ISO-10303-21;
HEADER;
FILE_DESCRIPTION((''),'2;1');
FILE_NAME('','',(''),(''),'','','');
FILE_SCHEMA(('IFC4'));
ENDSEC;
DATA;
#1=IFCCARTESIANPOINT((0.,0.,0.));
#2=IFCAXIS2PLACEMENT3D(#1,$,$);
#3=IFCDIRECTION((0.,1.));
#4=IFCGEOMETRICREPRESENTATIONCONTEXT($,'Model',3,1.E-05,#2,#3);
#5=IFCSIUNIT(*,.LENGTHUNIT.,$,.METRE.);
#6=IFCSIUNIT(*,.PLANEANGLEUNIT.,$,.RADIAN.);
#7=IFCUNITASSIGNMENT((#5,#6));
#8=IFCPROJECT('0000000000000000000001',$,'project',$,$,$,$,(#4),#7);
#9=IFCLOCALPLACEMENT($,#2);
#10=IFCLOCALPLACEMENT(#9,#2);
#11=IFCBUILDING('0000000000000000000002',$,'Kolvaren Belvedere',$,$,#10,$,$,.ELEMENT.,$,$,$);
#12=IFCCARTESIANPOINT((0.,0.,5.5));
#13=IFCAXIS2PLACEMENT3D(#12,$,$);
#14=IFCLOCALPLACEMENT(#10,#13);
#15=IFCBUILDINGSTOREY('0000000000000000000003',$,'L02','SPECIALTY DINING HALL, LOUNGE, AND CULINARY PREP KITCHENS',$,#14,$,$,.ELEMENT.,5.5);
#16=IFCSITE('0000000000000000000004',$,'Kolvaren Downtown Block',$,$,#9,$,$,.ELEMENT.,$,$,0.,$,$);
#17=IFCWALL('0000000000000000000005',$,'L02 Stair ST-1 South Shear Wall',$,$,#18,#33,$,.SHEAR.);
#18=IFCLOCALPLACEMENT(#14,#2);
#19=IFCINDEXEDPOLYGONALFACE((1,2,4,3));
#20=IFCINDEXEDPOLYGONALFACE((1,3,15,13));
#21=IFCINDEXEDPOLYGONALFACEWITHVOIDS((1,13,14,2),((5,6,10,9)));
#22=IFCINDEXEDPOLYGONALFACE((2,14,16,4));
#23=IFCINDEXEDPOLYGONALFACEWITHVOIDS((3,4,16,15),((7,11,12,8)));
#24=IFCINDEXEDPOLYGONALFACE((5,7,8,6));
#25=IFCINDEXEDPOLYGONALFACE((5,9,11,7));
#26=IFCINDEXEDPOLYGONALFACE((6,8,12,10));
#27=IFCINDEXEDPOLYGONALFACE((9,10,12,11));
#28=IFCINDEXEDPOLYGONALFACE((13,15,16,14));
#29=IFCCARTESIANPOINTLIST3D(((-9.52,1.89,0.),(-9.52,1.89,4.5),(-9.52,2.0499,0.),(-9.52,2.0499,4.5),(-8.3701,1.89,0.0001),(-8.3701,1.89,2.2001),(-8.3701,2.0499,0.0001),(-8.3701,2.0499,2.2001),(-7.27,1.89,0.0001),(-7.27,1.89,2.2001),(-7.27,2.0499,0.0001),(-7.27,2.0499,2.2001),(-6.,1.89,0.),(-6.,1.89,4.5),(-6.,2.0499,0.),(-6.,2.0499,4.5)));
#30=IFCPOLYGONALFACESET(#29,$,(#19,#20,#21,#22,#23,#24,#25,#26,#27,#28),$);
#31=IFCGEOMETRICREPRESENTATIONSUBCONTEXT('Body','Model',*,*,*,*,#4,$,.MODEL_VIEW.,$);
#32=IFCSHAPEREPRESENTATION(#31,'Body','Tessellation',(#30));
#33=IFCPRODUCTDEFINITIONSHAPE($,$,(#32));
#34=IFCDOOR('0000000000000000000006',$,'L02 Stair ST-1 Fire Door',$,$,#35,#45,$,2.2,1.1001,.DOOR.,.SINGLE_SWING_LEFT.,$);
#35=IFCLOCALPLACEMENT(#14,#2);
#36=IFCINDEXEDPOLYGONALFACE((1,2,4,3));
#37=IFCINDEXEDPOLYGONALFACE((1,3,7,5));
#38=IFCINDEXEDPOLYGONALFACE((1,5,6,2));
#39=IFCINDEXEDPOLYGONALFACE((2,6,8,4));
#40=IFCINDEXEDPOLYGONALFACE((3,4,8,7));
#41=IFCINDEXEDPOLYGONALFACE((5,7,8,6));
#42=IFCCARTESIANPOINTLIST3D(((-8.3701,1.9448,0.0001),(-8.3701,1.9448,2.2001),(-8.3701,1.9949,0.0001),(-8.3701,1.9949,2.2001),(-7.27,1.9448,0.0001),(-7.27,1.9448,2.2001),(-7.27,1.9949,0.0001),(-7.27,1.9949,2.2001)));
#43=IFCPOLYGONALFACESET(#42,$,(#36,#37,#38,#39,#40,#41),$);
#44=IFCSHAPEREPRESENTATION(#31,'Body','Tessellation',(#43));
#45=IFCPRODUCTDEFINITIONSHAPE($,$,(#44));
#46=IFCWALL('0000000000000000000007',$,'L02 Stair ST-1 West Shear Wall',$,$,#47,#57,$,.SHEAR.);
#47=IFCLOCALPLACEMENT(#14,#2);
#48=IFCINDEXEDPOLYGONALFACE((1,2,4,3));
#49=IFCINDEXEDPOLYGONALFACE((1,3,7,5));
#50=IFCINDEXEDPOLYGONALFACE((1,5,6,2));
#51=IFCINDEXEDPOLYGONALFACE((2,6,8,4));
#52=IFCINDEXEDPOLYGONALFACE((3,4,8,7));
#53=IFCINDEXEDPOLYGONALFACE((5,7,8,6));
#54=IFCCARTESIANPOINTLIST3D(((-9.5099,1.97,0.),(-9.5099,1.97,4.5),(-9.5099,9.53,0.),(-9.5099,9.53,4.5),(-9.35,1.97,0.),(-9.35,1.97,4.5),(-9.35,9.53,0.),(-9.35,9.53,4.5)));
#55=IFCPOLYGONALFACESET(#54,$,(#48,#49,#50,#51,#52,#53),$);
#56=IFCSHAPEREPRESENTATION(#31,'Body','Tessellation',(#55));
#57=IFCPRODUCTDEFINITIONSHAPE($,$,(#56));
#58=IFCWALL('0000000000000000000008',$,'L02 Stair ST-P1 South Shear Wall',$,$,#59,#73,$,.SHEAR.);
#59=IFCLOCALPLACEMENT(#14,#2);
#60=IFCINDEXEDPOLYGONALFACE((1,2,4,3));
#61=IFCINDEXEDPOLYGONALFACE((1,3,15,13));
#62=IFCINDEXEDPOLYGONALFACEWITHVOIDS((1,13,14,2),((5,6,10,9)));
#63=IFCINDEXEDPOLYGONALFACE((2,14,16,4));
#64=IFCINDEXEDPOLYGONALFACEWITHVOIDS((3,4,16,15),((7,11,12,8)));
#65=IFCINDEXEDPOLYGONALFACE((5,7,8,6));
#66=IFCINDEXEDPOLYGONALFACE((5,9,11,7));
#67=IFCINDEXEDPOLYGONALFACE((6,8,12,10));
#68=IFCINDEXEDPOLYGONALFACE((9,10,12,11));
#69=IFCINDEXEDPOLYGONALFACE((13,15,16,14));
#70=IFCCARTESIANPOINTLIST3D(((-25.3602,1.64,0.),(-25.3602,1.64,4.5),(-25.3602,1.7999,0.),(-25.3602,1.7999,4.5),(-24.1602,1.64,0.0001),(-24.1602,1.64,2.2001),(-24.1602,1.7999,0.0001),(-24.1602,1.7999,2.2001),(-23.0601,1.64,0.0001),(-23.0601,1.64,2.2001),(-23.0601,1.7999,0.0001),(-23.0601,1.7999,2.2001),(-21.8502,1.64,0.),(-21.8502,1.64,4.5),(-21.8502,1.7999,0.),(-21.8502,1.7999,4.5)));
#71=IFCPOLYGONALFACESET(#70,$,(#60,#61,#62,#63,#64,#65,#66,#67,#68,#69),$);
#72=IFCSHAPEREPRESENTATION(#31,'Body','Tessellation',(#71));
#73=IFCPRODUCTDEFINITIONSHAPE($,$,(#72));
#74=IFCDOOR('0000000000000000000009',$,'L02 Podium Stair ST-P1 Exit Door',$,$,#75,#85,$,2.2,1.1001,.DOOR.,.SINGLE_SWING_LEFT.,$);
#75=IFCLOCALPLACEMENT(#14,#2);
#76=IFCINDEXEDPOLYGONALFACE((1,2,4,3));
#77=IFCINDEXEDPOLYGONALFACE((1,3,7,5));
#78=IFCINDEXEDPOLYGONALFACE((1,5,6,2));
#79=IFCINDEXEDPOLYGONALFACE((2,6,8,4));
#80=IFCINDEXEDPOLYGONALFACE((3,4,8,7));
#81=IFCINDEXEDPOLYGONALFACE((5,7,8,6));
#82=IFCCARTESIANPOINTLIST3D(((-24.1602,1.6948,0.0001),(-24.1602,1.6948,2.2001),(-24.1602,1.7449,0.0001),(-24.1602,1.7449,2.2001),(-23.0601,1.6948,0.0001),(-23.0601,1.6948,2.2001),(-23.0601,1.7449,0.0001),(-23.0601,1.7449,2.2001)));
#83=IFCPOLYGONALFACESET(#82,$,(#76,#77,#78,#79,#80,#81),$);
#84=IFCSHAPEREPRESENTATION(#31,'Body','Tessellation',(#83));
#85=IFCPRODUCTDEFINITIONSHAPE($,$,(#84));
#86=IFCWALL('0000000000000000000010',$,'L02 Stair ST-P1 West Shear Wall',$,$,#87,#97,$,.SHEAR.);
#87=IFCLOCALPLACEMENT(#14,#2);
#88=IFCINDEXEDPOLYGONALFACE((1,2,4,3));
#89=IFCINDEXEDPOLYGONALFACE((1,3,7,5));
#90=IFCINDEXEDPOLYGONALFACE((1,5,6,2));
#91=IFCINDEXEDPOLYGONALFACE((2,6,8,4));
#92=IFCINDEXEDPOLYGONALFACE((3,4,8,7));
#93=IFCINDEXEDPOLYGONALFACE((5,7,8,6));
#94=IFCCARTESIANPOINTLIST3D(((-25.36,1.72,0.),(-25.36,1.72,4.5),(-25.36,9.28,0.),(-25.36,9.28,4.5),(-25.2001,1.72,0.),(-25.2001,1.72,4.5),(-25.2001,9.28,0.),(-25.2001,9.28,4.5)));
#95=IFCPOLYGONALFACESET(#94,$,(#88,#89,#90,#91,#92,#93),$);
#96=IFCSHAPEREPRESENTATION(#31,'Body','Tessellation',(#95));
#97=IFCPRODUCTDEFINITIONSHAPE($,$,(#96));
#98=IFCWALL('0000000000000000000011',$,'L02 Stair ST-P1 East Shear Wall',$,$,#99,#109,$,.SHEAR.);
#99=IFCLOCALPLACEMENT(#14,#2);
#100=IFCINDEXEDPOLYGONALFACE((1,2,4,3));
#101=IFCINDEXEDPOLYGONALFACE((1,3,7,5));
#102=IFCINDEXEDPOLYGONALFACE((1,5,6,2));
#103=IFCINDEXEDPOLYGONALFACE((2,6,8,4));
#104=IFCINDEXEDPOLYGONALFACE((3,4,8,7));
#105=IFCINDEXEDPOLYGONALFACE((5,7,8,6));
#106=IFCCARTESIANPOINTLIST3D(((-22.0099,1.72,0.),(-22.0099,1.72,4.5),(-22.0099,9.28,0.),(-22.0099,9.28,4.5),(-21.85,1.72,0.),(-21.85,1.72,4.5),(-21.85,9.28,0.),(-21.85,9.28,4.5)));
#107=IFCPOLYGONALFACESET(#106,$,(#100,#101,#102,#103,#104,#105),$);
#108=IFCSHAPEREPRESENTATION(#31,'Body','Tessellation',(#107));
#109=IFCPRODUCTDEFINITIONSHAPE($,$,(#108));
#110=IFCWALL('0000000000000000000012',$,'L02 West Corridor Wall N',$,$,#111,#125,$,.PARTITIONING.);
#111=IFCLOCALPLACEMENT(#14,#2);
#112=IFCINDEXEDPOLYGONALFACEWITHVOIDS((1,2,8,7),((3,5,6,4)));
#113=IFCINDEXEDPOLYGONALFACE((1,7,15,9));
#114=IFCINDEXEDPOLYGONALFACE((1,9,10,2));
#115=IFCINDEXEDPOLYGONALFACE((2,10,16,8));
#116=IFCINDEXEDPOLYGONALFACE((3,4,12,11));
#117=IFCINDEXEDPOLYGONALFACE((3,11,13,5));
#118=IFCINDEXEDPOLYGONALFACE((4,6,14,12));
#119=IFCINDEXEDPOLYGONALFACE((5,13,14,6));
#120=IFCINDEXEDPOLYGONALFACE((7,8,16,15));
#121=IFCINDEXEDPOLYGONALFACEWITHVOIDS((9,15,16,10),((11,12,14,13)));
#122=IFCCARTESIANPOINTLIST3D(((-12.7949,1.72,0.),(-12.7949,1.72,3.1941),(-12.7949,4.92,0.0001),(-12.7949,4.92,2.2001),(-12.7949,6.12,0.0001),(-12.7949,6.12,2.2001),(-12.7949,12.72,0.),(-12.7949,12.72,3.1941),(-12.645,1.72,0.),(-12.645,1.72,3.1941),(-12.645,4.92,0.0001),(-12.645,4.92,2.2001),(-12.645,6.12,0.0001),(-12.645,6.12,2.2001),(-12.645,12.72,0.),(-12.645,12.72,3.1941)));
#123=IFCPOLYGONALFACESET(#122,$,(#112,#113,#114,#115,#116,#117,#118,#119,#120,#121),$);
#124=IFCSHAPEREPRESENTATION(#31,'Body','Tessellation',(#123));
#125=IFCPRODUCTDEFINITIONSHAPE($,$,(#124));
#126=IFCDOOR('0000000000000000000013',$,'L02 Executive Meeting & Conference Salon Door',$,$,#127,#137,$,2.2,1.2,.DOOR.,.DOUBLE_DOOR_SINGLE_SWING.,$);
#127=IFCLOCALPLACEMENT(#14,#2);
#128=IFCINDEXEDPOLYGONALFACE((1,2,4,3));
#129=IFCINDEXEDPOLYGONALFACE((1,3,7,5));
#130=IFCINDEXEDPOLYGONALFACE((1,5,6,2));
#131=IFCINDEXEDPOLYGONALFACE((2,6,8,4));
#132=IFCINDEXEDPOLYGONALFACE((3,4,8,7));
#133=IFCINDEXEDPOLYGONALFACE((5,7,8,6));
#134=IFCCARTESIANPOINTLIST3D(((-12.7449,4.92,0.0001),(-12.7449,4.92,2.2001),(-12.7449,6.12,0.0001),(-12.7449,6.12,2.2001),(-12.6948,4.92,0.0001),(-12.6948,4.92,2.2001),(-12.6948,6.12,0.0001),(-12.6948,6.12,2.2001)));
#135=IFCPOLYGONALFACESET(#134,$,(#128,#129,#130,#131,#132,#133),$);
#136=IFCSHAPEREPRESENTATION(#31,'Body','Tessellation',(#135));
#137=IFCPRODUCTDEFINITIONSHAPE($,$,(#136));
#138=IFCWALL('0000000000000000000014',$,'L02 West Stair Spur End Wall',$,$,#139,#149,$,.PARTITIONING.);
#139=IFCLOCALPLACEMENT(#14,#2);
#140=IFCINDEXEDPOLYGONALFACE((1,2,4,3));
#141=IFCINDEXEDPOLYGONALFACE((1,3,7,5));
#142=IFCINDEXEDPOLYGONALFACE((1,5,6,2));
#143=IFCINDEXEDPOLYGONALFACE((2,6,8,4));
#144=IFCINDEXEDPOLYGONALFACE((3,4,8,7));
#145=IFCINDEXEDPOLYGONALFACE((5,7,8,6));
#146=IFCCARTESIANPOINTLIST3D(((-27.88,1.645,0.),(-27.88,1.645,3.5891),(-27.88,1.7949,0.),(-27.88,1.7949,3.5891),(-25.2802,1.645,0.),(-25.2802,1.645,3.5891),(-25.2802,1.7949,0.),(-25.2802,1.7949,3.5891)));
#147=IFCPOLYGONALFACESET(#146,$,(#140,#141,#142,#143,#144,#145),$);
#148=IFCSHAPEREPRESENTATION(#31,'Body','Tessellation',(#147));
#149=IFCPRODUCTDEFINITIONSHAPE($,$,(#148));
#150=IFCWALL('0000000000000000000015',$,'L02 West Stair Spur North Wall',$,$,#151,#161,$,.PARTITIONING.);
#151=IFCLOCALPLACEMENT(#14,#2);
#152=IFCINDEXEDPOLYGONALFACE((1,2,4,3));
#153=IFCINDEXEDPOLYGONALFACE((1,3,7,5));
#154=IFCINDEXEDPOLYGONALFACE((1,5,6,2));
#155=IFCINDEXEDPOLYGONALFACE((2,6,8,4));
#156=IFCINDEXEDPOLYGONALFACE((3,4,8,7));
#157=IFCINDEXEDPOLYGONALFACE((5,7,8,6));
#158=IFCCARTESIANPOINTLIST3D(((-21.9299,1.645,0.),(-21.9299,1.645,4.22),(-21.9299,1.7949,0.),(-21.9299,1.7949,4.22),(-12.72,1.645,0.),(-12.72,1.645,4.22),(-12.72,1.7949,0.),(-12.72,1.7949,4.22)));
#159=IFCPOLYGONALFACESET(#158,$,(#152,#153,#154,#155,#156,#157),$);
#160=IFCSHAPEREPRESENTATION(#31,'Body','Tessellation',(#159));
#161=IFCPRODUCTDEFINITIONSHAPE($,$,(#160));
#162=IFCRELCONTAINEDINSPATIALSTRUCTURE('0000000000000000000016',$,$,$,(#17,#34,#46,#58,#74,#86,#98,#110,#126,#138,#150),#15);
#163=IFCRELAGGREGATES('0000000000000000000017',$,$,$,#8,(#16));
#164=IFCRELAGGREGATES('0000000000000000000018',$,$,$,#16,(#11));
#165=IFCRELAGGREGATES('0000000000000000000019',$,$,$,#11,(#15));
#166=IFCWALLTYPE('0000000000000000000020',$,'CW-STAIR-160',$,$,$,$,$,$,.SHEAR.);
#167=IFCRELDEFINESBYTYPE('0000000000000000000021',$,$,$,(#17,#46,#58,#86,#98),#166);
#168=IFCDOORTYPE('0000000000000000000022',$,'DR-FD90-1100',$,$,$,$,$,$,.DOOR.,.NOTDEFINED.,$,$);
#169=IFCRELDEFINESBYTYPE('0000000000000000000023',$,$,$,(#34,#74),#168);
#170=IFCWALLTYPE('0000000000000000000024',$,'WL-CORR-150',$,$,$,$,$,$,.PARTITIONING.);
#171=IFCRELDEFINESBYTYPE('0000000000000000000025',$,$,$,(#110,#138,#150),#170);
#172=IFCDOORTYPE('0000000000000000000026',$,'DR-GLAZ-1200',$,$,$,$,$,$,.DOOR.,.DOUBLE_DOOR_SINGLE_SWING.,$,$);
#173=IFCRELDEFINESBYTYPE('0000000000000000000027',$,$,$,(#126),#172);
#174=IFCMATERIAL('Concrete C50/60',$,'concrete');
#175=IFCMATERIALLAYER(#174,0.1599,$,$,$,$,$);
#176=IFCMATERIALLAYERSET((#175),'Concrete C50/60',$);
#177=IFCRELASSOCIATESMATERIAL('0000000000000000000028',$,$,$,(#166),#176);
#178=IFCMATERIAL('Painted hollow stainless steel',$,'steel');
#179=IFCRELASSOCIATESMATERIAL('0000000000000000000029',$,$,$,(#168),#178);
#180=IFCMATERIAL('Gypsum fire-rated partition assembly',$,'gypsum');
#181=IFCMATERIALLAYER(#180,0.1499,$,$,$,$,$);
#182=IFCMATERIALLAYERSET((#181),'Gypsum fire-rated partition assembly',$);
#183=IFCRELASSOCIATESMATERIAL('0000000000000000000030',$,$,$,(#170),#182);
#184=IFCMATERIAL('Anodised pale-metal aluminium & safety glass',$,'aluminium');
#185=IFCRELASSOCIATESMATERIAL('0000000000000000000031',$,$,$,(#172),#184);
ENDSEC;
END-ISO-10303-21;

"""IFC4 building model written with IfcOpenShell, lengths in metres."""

from ifc_helpers import new_model, si_unit, direction, frame, frame_2d, origin, place, context, subcontext, project, spatial, rectangle, extrude, material, layer, layer_set, type_object, element, fill, save


model = new_model("IFC4")

# Units and contexts
model_context = context("Model", 3, precision=1e-05, world=origin(), true_north=direction((0.0, 1.0)))
body_context = subcontext(model_context, "Body", "Model", "MODEL_VIEW")
ifc_project = project(units=[si_unit("LENGTHUNIT", "METRE"), si_unit("PLANEANGLEUNIT", "RADIAN")], contexts=[model_context])

# Site, building, storey
site_placement = place(None, origin())
site = spatial("IfcSite", under=ifc_project, at=site_placement, Name="Kolvaren Downtown Block", CompositionType="ELEMENT", RefElevation=0.0)
building_placement = place(site_placement, origin())
building = spatial("IfcBuilding", under=site, at=building_placement, Name="Kolvaren Belvedere", CompositionType="ELEMENT")
storey_placement = place(building_placement, frame((0.0, 0.0, 5.5)))
storey = spatial("IfcBuildingStorey", under=building, at=storey_placement, Name="L02", Description="SPECIALTY DINING HALL, LOUNGE, AND CULINARY PREP KITCHENS", CompositionType="ELEMENT", Elevation=5.5)

# Wall, opening, door
ifc_material_1 = material(Name="Concrete C50/60", Category="concrete")
ifc_layer_1 = layer(ifc_material_1, 0.1599)
ifc_layer_set_1 = layer_set([ifc_layer_1], Name="Concrete C50/60")
wall_type_1 = type_object("IfcWallType", Name="CW-STAIR-160", PredefinedType="SHEAR", material=ifc_layer_set_1)
wall_1_placement = place(storey_placement, frame((-9.52, 1.97, 0.0), z_axis=(0.0, 0.0, 1.0), x_axis=(1.0, 0.0, 0.0)))
wall_1 = element("IfcWall", 1, at=wall_1_placement, inside=storey, type_object=wall_type_1, Name="L02 Stair ST-1 South Shear Wall", PredefinedType="SHEAR", context=body_context, shape_type="SweptSolid", body=[
    extrude(rectangle(XDim=3.52, YDim=0.1599, at=frame_2d((1.76, 0.0))), origin(), (0.0, 0.0, 1.0), 4.5),
])
opening_1_placement = place(wall_1_placement, frame((1.1499, 0.0, 0.0)))
opening_1 = element("IfcOpeningElement", 2, at=opening_1_placement, cuts=wall_1, PredefinedType="OPENING", context=body_context, shape_type="SweptSolid", body=[
    extrude(rectangle(XDim=1.1001, YDim=2.2, at=frame_2d((0.55, 1.1001))), frame((0.0, 0.0898, 0.0), z_axis=(0.0, -1.0, 0.0), x_axis=(1.0, 0.0, 0.0)), (0.0, 0.0, 1.0), 0.1799),
])
ifc_material_2 = material(Name="Painted hollow stainless steel", Category="steel")
door_type_1 = type_object("IfcDoorType", Name="DR-FD90-1100", OperationType="NOTDEFINED", PredefinedType="DOOR", material=ifc_material_2)
door_1_placement = place(opening_1_placement, origin())
door_1 = element("IfcDoor", 3, at=door_1_placement, inside=storey, type_object=door_type_1, Name="L02 Stair ST-1 Fire Door", OperationType="SINGLE_SWING_LEFT", OverallHeight=2.2, OverallWidth=1.1001, PredefinedType="DOOR", context=body_context, shape_type="SweptSolid", body=[
    extrude(rectangle(XDim=1.1001, YDim=2.2, at=frame_2d((0.55, 1.1001))), frame((0.0, 0.0249, 0.0), z_axis=(0.0, -1.0, 0.0), x_axis=(1.0, 0.0, 0.0)), (0.0, 0.0, 1.0), 0.05),
])
fill(opening_1, door_1)

# Wall
wall_2_placement = place(storey_placement, frame((-9.4299, 1.97, 0.0), z_axis=(0.0, 0.0, 1.0), x_axis=(0.0, 1.0, 0.0)))
element("IfcWall", 4, at=wall_2_placement, inside=storey, type_object=wall_type_1, Name="L02 Stair ST-1 West Shear Wall", PredefinedType="SHEAR", context=body_context, shape_type="SweptSolid", body=[
    extrude(rectangle(XDim=7.5601, YDim=0.1599, at=frame_2d((3.78, 0.0))), origin(), (0.0, 0.0, 1.0), 4.5),
])

# Wall, opening, door
wall_3_placement = place(storey_placement, frame((-25.3601, 1.72, 0.0), z_axis=(0.0, 0.0, 1.0), x_axis=(1.0, 0.0, 0.0)))
wall_3 = element("IfcWall", 5, at=wall_3_placement, inside=storey, type_object=wall_type_1, Name="L02 Stair ST-P1 South Shear Wall", PredefinedType="SHEAR", context=body_context, shape_type="SweptSolid", body=[
    extrude(rectangle(XDim=3.51, YDim=0.1599, at=frame_2d((1.7549, 0.0))), origin(), (0.0, 0.0, 1.0), 4.5),
])
opening_2_placement = place(wall_3_placement, frame((1.2, 0.0, 0.0)))
opening_2 = element("IfcOpeningElement", 6, at=opening_2_placement, cuts=wall_3, PredefinedType="OPENING", context=body_context, shape_type="SweptSolid", body=[
    extrude(rectangle(XDim=1.1001, YDim=2.2, at=frame_2d((0.55, 1.1001))), frame((0.0, 0.0898, 0.0), z_axis=(0.0, -1.0, 0.0), x_axis=(1.0, 0.0, 0.0)), (0.0, 0.0, 1.0), 0.1799),
])
door_2_placement = place(opening_2_placement, origin())
door_2 = element("IfcDoor", 7, at=door_2_placement, inside=storey, type_object=door_type_1, Name="L02 Podium Stair ST-P1 Exit Door", OperationType="SINGLE_SWING_LEFT", OverallHeight=2.2, OverallWidth=1.1001, PredefinedType="DOOR", context=body_context, shape_type="SweptSolid", body=[
    extrude(rectangle(XDim=1.1001, YDim=2.2, at=frame_2d((0.55, 1.1001))), frame((0.0, 0.0249, 0.0), z_axis=(0.0, -1.0, 0.0), x_axis=(1.0, 0.0, 0.0)), (0.0, 0.0, 1.0), 0.05),
])
fill(opening_2, door_2)

# Walls
for number, where, z_axis, x_axis, name in (
    (8, (-25.28, 1.72, 0.0), (0.0, 0.0, 1.0), (0.0, 1.0, 0.0), "L02 Stair ST-P1 West Shear Wall"),
    (9, (-21.9299, 1.72, 0.0), (0.0, 0.0, 1.0), (0.0, 1.0, 0.0), "L02 Stair ST-P1 East Shear Wall"),
):
    element("IfcWall", number, at=place(storey_placement, frame(where, z_axis=z_axis, x_axis=x_axis)), inside=storey, type_object=wall_type_1, Name=name, PredefinedType="SHEAR", context=body_context, shape_type="SweptSolid", body=[
        extrude(rectangle(XDim=7.5601, YDim=0.1599, at=frame_2d((3.78, 0.0))), origin(), (0.0, 0.0, 1.0), 4.5),
    ])

# Wall, opening, door
ifc_material_3 = material(Name="Gypsum fire-rated partition assembly", Category="gypsum")
ifc_layer_2 = layer(ifc_material_3, 0.1499)
ifc_layer_set_2 = layer_set([ifc_layer_2], Name="Gypsum fire-rated partition assembly")
wall_type_2 = type_object("IfcWallType", Name="WL-CORR-150", PredefinedType="PARTITIONING", material=ifc_layer_set_2)
wall_4_placement = place(storey_placement, frame((-12.72, 1.72, 0.0), z_axis=(0.0, 0.0, 1.0), x_axis=(0.0, 1.0, 0.0)))
wall_4 = element("IfcWall", 10, at=wall_4_placement, inside=storey, type_object=wall_type_2, Name="L02 West Corridor Wall N", PredefinedType="PARTITIONING", context=body_context, shape_type="SweptSolid", body=[
    extrude(rectangle(XDim=11.0, YDim=0.1499, at=frame_2d((5.5, 0.0))), origin(), (0.0, 0.0, 1.0), 3.1941),
])
opening_3_placement = place(wall_4_placement, frame((3.2, 0.0, 0.0)))
opening_3 = element("IfcOpeningElement", 11, at=opening_3_placement, cuts=wall_4, PredefinedType="OPENING", context=body_context, shape_type="SweptSolid", body=[
    extrude(rectangle(XDim=1.2, YDim=2.2, at=frame_2d((0.6001, 1.1001))), frame((0.0, 0.085, 0.0), z_axis=(0.0, -1.0, 0.0), x_axis=(1.0, 0.0, 0.0)), (0.0, 0.0, 1.0), 0.1699),
])
ifc_material_4 = material(Name="Anodised pale-metal aluminium & safety glass", Category="aluminium")
door_type_2 = type_object("IfcDoorType", Name="DR-GLAZ-1200", OperationType="DOUBLE_DOOR_SINGLE_SWING", PredefinedType="DOOR", material=ifc_material_4)
door_3_placement = place(opening_3_placement, origin())
door_3 = element("IfcDoor", 12, at=door_3_placement, inside=storey, type_object=door_type_2, Name="L02 Executive Meeting & Conference Salon Door", OperationType="DOUBLE_DOOR_SINGLE_SWING", OverallHeight=2.2, OverallWidth=1.2, PredefinedType="DOOR", context=body_context, shape_type="SweptSolid", body=[
    extrude(rectangle(XDim=1.2, YDim=2.2, at=frame_2d((0.6001, 1.1001))), frame((0.0, 0.0249, 0.0), z_axis=(0.0, -1.0, 0.0), x_axis=(1.0, 0.0, 0.0)), (0.0, 0.0, 1.0), 0.05),
])
fill(opening_3, door_3)

# Walls
wall_5_placement = place(storey_placement, frame((-27.8799, 1.72, 0.0), z_axis=(0.0, 0.0, 1.0), x_axis=(1.0, 0.0, 0.0)))
element("IfcWall", 13, at=wall_5_placement, inside=storey, type_object=wall_type_2, Name="L02 West Stair Spur End Wall", PredefinedType="PARTITIONING", context=body_context, shape_type="SweptSolid", body=[
    extrude(rectangle(XDim=2.5999, YDim=0.1499, at=frame_2d((1.2998, 0.0))), origin(), (0.0, 0.0, 1.0), 3.5891),
])
wall_6_placement = place(storey_placement, frame((-21.9299, 1.72, 0.0), z_axis=(0.0, 0.0, 1.0), x_axis=(1.0, 0.0, 0.0)))
element("IfcWall", 14, at=wall_6_placement, inside=storey, type_object=wall_type_2, Name="L02 West Stair Spur North Wall", PredefinedType="PARTITIONING", context=body_context, shape_type="SweptSolid", body=[
    extrude(rectangle(XDim=9.21, YDim=0.1499, at=frame_2d((4.605, 0.0))), origin(), (0.0, 0.0, 1.0), 4.22),
])

save(model, "model.ifc")
